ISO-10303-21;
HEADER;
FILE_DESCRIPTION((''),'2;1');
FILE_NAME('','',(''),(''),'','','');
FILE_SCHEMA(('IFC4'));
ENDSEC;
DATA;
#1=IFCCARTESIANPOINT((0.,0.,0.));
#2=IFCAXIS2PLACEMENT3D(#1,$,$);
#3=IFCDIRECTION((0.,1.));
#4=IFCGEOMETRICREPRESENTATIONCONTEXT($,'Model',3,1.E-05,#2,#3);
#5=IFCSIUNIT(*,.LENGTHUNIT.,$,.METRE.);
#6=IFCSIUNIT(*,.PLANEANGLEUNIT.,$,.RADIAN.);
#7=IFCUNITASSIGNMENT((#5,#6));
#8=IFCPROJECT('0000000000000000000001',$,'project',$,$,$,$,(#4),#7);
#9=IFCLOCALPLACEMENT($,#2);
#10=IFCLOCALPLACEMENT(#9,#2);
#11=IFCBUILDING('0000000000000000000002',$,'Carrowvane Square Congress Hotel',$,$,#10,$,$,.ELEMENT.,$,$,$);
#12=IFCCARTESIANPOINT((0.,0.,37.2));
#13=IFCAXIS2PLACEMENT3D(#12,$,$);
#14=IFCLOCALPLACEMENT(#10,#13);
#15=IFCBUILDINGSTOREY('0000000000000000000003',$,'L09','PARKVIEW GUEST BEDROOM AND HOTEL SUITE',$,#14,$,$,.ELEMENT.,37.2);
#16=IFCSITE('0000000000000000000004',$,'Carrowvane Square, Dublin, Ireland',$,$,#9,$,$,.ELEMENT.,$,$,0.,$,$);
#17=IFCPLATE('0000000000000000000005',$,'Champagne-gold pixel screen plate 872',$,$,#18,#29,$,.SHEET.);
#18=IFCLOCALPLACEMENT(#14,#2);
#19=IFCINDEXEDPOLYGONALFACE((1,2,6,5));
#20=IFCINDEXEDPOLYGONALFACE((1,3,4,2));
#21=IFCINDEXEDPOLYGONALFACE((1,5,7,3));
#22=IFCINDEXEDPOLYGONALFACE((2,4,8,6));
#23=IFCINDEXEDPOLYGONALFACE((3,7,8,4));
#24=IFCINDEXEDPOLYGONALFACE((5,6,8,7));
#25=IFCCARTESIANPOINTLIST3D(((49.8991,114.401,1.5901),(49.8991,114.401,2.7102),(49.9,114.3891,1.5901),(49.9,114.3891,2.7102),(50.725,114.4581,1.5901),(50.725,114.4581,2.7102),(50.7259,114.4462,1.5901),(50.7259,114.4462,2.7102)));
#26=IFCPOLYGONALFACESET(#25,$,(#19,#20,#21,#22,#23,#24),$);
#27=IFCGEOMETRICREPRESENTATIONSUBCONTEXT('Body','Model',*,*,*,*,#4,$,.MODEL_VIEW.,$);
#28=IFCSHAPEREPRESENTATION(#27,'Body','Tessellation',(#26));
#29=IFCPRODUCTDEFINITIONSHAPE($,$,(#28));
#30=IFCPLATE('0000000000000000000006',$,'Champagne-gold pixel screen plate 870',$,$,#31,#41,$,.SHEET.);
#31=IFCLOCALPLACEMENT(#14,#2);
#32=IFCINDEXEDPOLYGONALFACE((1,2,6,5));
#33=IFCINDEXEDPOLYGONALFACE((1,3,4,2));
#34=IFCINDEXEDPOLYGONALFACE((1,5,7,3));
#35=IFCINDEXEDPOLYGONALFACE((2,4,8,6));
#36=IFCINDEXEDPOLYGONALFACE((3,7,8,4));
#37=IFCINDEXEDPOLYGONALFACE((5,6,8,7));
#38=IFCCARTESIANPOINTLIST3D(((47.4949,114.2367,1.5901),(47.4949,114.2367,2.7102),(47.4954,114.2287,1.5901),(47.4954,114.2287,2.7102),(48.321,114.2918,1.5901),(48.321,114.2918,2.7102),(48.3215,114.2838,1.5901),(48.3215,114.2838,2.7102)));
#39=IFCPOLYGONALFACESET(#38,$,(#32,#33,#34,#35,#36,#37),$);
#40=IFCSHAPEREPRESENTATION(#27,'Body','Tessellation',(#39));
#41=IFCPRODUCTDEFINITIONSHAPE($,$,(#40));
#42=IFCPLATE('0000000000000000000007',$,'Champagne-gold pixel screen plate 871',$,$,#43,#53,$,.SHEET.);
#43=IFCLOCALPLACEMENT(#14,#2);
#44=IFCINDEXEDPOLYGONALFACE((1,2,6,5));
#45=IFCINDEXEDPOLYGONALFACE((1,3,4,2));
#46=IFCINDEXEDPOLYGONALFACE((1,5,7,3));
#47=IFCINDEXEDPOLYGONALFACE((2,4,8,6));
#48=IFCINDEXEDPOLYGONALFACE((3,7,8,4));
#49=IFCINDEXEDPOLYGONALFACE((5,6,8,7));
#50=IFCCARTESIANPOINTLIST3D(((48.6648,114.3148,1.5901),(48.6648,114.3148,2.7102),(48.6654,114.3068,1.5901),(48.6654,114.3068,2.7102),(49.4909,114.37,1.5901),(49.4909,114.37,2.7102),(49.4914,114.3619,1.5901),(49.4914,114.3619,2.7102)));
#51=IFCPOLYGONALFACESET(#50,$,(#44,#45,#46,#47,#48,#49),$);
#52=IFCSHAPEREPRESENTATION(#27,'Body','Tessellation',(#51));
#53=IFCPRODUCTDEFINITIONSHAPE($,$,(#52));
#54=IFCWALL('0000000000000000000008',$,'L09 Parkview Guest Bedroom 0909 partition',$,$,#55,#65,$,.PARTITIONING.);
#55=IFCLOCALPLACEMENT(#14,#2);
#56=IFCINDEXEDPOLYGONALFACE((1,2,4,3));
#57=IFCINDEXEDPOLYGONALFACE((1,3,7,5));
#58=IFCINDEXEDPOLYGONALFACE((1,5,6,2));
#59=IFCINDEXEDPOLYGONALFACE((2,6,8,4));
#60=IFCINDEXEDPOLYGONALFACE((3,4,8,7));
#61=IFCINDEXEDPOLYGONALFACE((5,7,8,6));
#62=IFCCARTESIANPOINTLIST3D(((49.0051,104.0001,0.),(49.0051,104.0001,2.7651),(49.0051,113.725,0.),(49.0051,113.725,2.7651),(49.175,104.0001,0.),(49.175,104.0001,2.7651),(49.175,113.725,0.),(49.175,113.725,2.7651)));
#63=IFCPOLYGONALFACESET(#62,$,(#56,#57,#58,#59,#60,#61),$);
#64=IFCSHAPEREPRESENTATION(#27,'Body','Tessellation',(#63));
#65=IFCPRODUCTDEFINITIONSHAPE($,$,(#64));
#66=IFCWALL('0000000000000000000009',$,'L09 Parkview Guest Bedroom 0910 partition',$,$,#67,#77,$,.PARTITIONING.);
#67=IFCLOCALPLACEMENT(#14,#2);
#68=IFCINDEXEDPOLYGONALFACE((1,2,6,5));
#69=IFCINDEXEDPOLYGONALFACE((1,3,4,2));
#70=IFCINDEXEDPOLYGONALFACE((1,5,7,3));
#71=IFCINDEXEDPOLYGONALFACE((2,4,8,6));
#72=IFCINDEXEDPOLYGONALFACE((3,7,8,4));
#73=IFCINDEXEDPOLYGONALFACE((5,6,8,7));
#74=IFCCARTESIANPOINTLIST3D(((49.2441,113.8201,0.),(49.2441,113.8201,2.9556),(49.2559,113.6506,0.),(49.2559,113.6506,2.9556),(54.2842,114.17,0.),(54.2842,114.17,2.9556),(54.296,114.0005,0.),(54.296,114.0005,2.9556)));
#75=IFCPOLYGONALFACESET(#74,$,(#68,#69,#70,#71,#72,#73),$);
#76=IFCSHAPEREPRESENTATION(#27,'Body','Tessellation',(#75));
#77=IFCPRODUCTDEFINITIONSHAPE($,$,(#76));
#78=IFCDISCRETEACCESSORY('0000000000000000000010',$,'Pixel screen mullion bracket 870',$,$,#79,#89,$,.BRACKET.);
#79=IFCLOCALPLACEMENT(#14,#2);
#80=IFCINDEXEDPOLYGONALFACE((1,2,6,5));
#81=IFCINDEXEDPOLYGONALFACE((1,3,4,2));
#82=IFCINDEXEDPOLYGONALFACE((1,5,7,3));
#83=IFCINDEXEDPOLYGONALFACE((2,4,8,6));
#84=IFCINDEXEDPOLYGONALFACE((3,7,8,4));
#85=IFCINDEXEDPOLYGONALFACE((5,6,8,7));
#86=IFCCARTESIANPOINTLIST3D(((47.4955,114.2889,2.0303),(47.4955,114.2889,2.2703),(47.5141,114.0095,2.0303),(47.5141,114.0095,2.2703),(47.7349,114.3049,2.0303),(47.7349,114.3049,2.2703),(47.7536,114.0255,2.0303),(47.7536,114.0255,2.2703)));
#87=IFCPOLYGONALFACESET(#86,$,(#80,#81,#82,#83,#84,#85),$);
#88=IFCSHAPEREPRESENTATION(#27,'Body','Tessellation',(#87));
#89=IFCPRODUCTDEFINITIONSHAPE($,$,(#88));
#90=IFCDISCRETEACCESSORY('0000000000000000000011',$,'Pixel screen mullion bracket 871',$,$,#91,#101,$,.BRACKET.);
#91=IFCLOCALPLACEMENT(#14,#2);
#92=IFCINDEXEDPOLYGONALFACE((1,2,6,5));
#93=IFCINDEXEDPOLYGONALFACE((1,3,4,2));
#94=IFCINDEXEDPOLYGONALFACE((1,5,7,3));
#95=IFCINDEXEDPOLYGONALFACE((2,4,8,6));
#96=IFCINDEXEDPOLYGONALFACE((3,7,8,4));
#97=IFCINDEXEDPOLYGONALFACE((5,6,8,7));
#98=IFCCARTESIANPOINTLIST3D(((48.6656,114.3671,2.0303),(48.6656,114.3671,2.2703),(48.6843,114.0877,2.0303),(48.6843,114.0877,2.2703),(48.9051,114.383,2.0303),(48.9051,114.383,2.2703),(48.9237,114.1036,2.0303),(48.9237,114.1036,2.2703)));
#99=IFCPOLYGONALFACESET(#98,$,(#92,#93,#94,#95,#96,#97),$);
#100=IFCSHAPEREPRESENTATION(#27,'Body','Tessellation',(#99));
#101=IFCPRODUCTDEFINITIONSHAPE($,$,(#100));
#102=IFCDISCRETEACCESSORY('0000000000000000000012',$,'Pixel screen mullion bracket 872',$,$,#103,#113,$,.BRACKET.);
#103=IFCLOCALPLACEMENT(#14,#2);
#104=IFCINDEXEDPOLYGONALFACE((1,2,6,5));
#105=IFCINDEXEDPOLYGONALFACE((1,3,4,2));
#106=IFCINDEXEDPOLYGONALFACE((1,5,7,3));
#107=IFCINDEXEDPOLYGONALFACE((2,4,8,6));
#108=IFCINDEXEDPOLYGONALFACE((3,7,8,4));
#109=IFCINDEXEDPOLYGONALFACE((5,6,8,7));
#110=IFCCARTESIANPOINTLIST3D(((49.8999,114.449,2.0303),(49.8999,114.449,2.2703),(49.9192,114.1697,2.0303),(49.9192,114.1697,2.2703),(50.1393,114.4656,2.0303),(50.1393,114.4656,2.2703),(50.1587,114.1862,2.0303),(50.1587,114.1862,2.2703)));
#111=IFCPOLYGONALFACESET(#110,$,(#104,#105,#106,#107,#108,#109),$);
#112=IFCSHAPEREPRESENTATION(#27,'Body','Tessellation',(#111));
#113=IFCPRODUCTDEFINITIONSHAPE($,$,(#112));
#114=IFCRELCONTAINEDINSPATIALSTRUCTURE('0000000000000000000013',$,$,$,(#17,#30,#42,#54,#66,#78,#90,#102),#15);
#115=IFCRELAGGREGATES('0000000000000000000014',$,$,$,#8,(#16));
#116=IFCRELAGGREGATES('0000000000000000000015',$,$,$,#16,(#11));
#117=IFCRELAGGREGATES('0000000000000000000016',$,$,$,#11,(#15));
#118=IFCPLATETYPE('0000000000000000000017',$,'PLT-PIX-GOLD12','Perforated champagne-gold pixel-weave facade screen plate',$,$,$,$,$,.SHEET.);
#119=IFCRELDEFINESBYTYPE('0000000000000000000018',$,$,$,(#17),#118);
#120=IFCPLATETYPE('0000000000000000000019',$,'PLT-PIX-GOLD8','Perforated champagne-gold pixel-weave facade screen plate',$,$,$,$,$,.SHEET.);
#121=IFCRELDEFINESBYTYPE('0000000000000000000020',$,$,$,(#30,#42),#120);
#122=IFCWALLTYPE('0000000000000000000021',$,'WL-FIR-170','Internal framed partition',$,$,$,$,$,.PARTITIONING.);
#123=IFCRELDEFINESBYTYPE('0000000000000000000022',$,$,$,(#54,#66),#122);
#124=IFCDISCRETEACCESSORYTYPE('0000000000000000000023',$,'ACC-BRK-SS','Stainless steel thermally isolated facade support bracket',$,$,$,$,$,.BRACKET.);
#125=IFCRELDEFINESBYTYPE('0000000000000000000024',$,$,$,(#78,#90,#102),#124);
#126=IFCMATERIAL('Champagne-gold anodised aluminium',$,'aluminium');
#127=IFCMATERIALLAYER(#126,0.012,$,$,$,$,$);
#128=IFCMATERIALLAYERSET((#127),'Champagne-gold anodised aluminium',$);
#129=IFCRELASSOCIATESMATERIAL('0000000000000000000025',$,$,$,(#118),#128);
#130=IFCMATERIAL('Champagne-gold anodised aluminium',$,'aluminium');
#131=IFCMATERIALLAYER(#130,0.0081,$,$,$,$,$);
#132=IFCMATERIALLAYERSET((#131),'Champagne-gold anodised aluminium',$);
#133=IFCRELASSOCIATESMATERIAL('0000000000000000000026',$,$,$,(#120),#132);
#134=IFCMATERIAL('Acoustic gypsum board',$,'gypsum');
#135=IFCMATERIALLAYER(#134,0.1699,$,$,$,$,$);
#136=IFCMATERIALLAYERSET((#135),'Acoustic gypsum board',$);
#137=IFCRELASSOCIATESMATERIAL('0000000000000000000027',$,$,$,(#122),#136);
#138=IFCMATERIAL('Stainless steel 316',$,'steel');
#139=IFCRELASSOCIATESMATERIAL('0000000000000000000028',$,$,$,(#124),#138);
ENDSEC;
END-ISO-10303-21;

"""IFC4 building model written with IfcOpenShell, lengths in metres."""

from ifc_helpers import new_model, si_unit, direction, frame, frame_2d, origin, origin_2d, place, context, subcontext, project, spatial, rectangle, extrude, material, layer, layer_set, type_object, element, save


model = new_model("IFC4")

# Units and contexts
model_context = context("Model", 3, precision=1e-05, world=origin(), true_north=direction((0.0, 1.0)))
body_context = subcontext(model_context, "Body", "Model", "MODEL_VIEW")
ifc_project = project(units=[si_unit("LENGTHUNIT", "METRE"), si_unit("PLANEANGLEUNIT", "RADIAN")], contexts=[model_context])

# Site, building, storey
site_placement = place(None, origin())
site = spatial("IfcSite", under=ifc_project, at=site_placement, Name="Carrowvane Square, Dublin, Ireland", CompositionType="ELEMENT", RefElevation=0.0)
building_placement = place(site_placement, origin())
building = spatial("IfcBuilding", under=site, at=building_placement, Name="Carrowvane Square Congress Hotel", CompositionType="ELEMENT")
storey_placement = place(building_placement, frame((0.0, 0.0, 37.2)))
storey = spatial("IfcBuildingStorey", under=building, at=storey_placement, Name="L09", Description="PARKVIEW GUEST BEDROOM AND HOTEL SUITE", CompositionType="ELEMENT", Elevation=37.2)

# Plates
ifc_material_1 = material(Name="Champagne-gold anodised aluminium", Category="aluminium")
ifc_layer_1 = layer(ifc_material_1, 0.012)
ifc_layer_set_1 = layer_set([ifc_layer_1], Name="Champagne-gold anodised aluminium")
plate_type_1 = type_object("IfcPlateType", Name="PLT-PIX-GOLD12", Description="Perforated champagne-gold pixel-weave facade screen plate", PredefinedType="SHEET", material=ifc_layer_set_1)
for number, where, z_axis, x_axis, name in (
    (1, (50.3125, 114.4236, 1.5901), (0.0, 0.0, 1.0), (0.997618, 0.068987, 0.0), "Champagne-gold pixel screen plate 872"),
):
    element("IfcPlate", number, at=place(storey_placement, frame(where, z_axis=z_axis, x_axis=x_axis)), inside=storey, type_object=plate_type_1, Name=name, PredefinedType="SHEET", context=body_context, shape_type="SweptSolid", body=[
        extrude(rectangle(XDim=0.8279, YDim=0.012, at=origin_2d()), origin(), (0.0, 0.0, 1.0), 1.1201),
    ])
ifc_material_2 = material(Name="Champagne-gold anodised aluminium", Category="aluminium")
ifc_layer_2 = layer(ifc_material_2, 0.0081)
ifc_layer_set_2 = layer_set([ifc_layer_2], Name="Champagne-gold anodised aluminium")
plate_type_2 = type_object("IfcPlateType", Name="PLT-PIX-GOLD8", Description="Perforated champagne-gold pixel-weave facade screen plate", PredefinedType="SHEET", material=ifc_layer_set_2)
for number, where, z_axis, x_axis, name in (
    (2, (47.9082, 114.2603, 1.5901), (0.0, 0.0, 1.0), (0.997781, 0.066574, 0.0), "Champagne-gold pixel screen plate 870"),
    (3, (49.0781, 114.3384, 1.5901), (0.0, 0.0, 1.0), (0.997781, 0.066574, 0.0), "Champagne-gold pixel screen plate 871"),
):
    element("IfcPlate", number, at=place(storey_placement, frame(where, z_axis=z_axis, x_axis=x_axis)), inside=storey, type_object=plate_type_2, Name=name, PredefinedType="SHEET", context=body_context, shape_type="SweptSolid", body=[
        extrude(rectangle(XDim=0.8279, YDim=0.0081, at=origin_2d()), origin(), (0.0, 0.0, 1.0), 1.1201),
    ])

# Walls
ifc_material_3 = material(Name="Acoustic gypsum board", Category="gypsum")
ifc_layer_3 = layer(ifc_material_3, 0.1699)
ifc_layer_set_3 = layer_set([ifc_layer_3], Name="Acoustic gypsum board")
wall_type = type_object("IfcWallType", Name="WL-FIR-170", Description="Internal framed partition", PredefinedType="PARTITIONING", material=ifc_layer_set_3)
wall_1_placement = place(storey_placement, frame((49.0901, 113.7249, 0.0), z_axis=(0.0, 0.0, 1.0), x_axis=(0.0, -1.0, 0.0)))
element("IfcWall", 4, at=wall_1_placement, inside=storey, type_object=wall_type, Name="L09 Parkview Guest Bedroom 0909 partition", PredefinedType="PARTITIONING", context=body_context, shape_type="SweptSolid", body=[
    extrude(rectangle(XDim=9.7249, YDim=0.1699, at=frame_2d((4.8623, 0.0))), origin(), (0.0, 0.0, 1.0), 2.7651),
])
wall_2_placement = place(storey_placement, frame((49.25, 113.7354, 0.0), z_axis=(0.0, 0.0, 1.0), x_axis=(0.997599, 0.069248, 0.0)))
element("IfcWall", 5, at=wall_2_placement, inside=storey, type_object=wall_type, Name="L09 Parkview Guest Bedroom 0910 partition", PredefinedType="PARTITIONING", context=body_context, shape_type="SweptSolid", body=[
    extrude(rectangle(XDim=5.0522, YDim=0.1699, at=frame_2d((2.5261, 0.0))), origin(), (0.0, 0.0, 1.0), 2.9556),
])

# Discrete accessories
ifc_material_4 = material(Name="Stainless steel 316", Category="steel")
discrete_accessory_type = type_object("IfcDiscreteAccessoryType", Name="ACC-BRK-SS", Description="Stainless steel thermally isolated facade support bracket", PredefinedType="BRACKET", material=ifc_material_4)
for number, where, z_axis, x_axis, name in (
    (6, (47.6245, 114.1572, 2.0303), (0.0, 0.0, 1.0), (0.997781, 0.066574, 0.0), "Pixel screen mullion bracket 870"),
    (7, (48.7947, 114.2354, 2.0303), (0.0, 0.0, 1.0), (0.997781, 0.066574, 0.0), "Pixel screen mullion bracket 871"),
    (8, (50.0293, 114.3176, 2.0303), (0.0, 0.0, 1.0), (0.997618, 0.068987, 0.0), "Pixel screen mullion bracket 872"),
):
    element("IfcDiscreteAccessory", number, at=place(storey_placement, frame(where, z_axis=z_axis, x_axis=x_axis)), inside=storey, type_object=discrete_accessory_type, Name=name, PredefinedType="BRACKET", context=body_context, shape_type="SweptSolid", body=[
        extrude(rectangle(XDim=0.24, YDim=0.28, at=origin_2d()), origin(), (0.0, 0.0, 1.0), 0.24),
    ])

save(model, "model.ifc")
